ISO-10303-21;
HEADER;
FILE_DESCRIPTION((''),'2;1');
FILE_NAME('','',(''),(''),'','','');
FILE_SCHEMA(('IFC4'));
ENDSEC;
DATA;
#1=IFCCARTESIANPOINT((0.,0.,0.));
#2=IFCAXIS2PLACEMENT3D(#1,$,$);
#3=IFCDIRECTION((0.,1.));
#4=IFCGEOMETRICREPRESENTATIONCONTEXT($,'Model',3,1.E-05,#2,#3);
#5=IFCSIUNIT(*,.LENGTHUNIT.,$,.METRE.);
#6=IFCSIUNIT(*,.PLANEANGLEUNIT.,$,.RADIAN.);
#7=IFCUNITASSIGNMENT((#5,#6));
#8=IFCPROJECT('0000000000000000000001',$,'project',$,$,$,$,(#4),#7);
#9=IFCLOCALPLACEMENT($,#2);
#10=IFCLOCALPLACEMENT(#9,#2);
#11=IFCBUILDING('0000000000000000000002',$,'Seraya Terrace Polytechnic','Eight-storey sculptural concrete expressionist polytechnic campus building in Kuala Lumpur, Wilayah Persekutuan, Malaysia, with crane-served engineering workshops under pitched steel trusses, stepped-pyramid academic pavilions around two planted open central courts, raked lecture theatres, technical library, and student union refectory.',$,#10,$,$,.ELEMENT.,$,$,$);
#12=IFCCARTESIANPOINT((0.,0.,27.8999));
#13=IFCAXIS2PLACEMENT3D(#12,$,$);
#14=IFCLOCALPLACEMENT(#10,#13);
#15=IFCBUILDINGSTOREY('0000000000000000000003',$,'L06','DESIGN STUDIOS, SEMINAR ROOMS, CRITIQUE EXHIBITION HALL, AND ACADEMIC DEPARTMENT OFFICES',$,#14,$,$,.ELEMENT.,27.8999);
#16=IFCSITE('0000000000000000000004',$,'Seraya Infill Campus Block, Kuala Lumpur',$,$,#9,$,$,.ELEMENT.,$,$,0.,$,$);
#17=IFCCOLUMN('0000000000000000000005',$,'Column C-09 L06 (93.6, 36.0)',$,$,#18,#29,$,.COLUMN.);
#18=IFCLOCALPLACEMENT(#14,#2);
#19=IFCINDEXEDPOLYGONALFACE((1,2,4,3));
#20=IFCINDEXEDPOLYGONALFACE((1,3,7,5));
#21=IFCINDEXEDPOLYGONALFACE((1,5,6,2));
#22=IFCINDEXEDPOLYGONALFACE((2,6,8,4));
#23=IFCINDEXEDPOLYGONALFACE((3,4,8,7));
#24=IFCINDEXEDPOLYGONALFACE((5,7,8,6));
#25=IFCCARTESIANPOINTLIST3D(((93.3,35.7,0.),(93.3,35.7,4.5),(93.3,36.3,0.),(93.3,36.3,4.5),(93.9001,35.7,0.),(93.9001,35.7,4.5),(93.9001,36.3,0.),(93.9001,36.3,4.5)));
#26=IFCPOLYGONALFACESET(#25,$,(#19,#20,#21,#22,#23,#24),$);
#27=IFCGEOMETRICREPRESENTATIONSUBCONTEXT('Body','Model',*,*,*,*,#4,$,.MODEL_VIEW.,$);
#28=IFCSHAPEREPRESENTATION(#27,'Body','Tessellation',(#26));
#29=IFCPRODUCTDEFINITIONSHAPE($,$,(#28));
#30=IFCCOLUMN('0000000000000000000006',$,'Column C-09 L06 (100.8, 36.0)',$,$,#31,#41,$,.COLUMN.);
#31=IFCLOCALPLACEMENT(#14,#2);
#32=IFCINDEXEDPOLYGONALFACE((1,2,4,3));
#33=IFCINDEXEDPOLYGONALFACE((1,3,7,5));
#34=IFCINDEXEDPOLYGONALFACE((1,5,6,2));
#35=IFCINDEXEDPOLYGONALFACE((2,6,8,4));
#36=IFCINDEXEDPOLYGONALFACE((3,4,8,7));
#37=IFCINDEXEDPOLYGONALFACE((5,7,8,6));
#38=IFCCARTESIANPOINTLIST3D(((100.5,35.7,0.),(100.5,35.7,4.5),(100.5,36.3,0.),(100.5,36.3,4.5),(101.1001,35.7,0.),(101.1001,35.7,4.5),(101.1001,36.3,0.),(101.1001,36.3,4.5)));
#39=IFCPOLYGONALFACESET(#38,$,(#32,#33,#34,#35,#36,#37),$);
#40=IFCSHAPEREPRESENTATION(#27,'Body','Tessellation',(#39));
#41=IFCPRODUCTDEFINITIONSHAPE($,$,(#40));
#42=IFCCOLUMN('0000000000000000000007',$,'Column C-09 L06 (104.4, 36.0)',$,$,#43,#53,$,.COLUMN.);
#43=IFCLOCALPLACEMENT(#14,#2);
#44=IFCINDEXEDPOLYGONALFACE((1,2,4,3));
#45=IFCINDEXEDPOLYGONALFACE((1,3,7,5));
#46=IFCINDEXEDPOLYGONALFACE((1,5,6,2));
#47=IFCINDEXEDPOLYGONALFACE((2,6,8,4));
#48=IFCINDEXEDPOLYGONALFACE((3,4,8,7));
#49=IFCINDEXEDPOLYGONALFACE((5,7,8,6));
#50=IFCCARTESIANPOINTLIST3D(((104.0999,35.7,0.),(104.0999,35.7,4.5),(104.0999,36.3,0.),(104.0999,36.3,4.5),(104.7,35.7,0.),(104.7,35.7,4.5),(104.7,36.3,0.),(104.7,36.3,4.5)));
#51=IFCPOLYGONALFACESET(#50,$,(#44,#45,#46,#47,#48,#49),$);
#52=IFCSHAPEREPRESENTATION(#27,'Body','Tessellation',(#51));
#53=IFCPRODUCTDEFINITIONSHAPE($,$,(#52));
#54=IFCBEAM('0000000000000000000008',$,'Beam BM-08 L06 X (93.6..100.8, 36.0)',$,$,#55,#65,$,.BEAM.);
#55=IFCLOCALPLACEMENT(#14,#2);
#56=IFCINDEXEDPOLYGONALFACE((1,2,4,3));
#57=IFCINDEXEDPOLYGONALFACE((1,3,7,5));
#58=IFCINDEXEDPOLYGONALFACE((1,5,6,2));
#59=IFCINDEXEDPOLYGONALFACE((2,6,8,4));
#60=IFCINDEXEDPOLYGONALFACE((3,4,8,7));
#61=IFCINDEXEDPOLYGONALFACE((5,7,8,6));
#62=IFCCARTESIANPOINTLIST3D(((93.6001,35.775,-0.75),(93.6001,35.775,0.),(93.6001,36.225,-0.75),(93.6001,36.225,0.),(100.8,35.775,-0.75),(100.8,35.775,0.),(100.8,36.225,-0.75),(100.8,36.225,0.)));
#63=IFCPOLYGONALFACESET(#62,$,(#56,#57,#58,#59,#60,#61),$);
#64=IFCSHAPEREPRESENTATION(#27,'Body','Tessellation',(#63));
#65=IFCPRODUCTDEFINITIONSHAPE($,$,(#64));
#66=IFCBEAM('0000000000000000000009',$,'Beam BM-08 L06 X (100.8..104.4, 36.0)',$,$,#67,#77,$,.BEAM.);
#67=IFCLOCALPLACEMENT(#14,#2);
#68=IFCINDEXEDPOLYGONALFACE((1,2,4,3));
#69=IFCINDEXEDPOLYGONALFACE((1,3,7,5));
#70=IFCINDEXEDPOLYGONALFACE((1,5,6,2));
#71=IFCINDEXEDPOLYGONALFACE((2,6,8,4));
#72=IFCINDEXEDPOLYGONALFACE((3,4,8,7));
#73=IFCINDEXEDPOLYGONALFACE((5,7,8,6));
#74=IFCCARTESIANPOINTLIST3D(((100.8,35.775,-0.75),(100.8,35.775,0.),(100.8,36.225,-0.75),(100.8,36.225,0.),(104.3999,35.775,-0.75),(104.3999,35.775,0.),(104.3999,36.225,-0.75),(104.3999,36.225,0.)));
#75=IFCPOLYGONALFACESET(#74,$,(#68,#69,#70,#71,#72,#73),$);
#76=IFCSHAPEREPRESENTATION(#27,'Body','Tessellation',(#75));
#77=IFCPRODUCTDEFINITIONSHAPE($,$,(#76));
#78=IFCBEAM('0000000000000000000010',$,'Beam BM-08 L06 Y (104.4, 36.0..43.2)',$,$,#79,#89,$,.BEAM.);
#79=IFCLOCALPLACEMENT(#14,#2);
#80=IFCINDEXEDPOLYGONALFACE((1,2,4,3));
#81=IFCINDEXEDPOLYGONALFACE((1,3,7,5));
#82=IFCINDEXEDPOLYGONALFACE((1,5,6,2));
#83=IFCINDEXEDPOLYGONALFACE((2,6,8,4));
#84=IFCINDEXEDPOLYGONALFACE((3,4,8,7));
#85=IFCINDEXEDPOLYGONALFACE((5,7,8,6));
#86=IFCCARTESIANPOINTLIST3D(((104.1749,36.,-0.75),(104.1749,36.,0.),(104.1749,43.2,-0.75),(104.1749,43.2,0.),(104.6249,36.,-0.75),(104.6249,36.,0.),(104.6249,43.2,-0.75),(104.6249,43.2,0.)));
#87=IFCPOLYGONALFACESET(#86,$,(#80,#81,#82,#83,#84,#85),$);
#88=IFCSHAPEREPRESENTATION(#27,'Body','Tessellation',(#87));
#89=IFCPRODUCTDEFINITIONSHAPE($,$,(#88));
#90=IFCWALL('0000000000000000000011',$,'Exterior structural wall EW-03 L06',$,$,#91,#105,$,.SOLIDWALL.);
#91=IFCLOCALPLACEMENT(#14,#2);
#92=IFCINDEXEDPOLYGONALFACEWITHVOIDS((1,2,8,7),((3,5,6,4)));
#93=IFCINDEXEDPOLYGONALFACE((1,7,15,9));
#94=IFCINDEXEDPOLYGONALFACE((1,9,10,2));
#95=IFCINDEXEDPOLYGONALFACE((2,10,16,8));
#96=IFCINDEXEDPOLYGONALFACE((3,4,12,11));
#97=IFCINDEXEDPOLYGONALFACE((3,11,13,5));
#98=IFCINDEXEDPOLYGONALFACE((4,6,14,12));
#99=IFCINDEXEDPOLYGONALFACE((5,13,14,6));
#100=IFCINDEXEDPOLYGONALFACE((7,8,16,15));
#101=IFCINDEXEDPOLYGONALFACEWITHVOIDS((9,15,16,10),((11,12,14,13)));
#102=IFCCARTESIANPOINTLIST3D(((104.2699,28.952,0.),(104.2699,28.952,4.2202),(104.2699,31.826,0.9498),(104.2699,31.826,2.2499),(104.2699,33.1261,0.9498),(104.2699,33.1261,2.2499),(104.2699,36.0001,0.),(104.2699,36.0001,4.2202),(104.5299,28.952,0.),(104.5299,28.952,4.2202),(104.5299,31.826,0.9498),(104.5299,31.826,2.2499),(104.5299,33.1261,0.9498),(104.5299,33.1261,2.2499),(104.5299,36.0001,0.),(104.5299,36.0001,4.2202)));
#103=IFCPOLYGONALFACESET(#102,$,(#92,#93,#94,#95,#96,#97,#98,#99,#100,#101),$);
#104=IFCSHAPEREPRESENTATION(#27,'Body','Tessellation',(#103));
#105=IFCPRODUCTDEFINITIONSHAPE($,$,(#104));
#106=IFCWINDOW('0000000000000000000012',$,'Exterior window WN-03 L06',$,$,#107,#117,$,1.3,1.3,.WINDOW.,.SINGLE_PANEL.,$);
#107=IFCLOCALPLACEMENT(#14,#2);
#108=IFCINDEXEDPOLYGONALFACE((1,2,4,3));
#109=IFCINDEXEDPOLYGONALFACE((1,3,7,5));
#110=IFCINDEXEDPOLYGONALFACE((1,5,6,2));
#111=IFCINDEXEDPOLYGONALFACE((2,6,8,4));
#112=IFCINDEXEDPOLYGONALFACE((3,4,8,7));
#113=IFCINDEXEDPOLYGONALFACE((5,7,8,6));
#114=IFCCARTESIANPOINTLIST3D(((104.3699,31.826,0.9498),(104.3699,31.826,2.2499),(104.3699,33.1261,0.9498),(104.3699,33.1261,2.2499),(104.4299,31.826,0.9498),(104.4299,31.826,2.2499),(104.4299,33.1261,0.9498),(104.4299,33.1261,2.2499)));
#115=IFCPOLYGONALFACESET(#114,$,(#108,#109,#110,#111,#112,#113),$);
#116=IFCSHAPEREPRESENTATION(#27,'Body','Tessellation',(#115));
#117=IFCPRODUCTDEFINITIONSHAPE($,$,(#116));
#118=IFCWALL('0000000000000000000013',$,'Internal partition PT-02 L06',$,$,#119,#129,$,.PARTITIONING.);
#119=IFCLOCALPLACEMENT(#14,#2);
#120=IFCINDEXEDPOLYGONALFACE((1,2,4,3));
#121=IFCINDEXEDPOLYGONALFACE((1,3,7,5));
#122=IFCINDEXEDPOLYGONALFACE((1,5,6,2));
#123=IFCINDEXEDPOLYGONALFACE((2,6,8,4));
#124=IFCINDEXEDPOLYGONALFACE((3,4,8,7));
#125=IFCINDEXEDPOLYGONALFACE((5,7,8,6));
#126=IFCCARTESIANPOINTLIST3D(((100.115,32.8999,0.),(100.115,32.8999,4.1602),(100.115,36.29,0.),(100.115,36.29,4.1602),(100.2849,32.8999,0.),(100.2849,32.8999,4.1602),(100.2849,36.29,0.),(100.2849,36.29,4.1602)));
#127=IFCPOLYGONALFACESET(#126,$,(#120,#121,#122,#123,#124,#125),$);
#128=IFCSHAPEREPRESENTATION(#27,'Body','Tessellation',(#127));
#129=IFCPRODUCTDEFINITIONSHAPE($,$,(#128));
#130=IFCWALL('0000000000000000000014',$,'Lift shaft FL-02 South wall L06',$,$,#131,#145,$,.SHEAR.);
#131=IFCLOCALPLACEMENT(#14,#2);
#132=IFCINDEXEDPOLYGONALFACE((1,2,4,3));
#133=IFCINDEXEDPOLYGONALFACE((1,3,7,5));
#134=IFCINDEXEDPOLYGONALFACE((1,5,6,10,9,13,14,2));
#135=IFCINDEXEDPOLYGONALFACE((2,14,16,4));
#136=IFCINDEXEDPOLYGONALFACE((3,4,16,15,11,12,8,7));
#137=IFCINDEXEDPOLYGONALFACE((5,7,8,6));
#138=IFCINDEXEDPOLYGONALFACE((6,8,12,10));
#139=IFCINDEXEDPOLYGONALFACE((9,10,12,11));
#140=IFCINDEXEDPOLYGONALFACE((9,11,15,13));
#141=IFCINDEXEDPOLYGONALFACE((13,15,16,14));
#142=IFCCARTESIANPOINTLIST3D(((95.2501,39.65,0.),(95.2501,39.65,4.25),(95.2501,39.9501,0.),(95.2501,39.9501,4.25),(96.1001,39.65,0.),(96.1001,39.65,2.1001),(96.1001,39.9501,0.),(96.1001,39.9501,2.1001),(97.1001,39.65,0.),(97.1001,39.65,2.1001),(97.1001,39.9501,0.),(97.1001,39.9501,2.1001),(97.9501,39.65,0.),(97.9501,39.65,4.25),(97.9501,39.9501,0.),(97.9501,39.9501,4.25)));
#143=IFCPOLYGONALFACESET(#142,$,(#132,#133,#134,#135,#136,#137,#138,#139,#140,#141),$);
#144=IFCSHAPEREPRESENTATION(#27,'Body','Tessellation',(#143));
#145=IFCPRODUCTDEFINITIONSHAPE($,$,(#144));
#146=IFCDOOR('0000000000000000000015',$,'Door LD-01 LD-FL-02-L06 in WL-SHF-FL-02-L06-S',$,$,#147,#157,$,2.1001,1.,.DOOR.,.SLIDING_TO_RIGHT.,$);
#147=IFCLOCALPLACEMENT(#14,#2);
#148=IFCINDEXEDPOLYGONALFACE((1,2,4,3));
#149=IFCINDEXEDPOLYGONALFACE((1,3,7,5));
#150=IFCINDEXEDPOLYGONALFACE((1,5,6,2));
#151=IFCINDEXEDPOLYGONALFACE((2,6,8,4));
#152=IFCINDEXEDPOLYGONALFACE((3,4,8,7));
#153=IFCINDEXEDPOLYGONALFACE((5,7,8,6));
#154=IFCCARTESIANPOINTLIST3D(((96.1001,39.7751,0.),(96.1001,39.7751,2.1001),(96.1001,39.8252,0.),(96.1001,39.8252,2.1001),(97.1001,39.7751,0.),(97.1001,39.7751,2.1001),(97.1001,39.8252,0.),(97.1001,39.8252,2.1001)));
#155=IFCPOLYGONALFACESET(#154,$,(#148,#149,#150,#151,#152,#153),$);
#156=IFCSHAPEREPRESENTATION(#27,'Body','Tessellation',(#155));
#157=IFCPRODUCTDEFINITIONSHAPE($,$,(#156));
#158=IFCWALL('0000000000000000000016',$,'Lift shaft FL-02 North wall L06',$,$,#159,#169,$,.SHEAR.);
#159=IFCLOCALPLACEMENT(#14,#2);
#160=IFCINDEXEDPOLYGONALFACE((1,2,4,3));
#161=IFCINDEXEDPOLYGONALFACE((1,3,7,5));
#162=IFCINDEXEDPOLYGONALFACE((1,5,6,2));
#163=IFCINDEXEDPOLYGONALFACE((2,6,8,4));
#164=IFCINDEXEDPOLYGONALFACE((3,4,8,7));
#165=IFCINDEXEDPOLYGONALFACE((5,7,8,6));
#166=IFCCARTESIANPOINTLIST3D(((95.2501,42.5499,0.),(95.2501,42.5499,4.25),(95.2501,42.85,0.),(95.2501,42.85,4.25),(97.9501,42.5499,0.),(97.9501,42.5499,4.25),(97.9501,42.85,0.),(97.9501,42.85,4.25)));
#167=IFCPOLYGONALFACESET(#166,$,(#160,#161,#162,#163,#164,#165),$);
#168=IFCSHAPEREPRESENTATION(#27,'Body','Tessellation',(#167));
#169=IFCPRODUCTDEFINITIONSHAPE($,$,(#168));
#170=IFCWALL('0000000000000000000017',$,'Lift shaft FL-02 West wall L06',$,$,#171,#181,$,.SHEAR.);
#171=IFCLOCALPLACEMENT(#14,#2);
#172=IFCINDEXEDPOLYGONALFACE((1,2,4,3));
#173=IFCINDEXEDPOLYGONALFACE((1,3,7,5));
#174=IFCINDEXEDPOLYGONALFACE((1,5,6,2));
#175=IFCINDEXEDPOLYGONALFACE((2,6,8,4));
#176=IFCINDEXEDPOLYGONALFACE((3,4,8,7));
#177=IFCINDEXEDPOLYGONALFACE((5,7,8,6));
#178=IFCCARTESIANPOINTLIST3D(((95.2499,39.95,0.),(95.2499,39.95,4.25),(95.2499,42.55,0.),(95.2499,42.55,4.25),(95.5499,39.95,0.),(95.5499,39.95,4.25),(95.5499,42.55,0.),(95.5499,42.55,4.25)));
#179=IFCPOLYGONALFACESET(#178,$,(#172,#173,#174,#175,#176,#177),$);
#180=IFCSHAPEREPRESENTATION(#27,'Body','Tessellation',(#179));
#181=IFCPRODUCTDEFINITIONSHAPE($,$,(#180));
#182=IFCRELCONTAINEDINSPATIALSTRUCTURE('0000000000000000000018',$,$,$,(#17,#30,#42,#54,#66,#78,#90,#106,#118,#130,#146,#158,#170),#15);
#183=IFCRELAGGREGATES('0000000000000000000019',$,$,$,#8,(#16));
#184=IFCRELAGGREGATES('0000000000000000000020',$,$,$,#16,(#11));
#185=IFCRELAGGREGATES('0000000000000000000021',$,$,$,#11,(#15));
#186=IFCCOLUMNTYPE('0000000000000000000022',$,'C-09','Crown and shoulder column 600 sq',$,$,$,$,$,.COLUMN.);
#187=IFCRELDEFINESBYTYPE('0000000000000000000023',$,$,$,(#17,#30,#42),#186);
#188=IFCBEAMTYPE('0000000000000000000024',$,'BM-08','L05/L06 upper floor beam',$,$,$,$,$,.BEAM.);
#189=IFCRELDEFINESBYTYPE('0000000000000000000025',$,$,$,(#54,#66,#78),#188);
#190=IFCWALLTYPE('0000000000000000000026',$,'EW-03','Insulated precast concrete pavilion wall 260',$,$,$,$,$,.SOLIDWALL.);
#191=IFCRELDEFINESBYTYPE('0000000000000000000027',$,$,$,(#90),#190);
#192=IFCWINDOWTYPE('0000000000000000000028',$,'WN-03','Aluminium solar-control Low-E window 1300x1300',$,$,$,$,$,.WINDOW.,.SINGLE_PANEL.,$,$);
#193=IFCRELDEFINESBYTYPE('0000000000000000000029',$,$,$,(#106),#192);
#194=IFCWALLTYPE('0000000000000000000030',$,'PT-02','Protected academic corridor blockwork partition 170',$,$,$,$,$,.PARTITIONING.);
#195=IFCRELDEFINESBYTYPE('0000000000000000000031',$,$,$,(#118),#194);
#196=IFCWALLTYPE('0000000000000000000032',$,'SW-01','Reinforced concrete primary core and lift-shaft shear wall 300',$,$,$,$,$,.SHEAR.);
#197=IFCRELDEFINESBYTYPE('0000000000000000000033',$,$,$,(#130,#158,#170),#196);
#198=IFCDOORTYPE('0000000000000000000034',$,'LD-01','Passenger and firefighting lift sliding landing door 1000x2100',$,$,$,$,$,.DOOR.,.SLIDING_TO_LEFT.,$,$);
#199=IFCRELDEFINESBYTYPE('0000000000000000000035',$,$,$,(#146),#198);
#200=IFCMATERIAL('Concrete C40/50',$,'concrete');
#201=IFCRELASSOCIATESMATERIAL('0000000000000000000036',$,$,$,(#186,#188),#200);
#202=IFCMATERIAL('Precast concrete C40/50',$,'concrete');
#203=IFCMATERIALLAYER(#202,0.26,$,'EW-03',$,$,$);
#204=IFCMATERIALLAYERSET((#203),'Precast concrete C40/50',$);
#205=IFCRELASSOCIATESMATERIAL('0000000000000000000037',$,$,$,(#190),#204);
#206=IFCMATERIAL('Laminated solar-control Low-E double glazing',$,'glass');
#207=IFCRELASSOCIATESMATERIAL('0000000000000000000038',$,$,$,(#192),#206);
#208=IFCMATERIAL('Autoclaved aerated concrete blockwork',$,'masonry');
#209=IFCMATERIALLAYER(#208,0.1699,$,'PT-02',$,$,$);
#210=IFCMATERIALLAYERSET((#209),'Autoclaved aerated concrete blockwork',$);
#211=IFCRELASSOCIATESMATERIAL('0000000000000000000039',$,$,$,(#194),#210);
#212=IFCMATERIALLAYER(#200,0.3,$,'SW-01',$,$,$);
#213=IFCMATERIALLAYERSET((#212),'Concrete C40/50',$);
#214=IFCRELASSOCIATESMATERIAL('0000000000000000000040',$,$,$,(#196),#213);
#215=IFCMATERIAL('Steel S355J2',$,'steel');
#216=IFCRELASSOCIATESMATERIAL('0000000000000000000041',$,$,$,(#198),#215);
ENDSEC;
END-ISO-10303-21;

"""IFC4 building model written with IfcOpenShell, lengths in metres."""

from ifc_helpers import new_model, si_unit, direction, frame, frame_2d, origin, origin_2d, place, context, subcontext, project, spatial, rectangle, extrude, material, layer, layer_set, material_profile, profile_set, type_object, element, fill, save


model = new_model("IFC4")

# Units and contexts
model_context = context("Model", 3, precision=1e-05, world=origin(), true_north=direction((0.0, 1.0)))
body_context = subcontext(model_context, "Body", "Model", "MODEL_VIEW")
ifc_project = project(units=[si_unit("LENGTHUNIT", "METRE"), si_unit("PLANEANGLEUNIT", "RADIAN")], contexts=[model_context])

# Site, building, storey
site_placement = place(None, origin())
site = spatial("IfcSite", under=ifc_project, at=site_placement, Name="Seraya Infill Campus Block, Kuala Lumpur", CompositionType="ELEMENT", RefElevation=0.0)
building_placement = place(site_placement, origin())
building = spatial("IfcBuilding", under=site, at=building_placement, Name="Seraya Terrace Polytechnic", Description="Eight-storey sculptural concrete expressionist polytechnic campus building in Kuala Lumpur, Wilayah Persekutuan, Malaysia, with crane-served engineering workshops under pitched steel trusses, stepped-pyramid academic pavilions around two planted open central courts, raked lecture theatres, technical library, and student union refectory.", CompositionType="ELEMENT")
storey_placement = place(building_placement, frame((0.0, 0.0, 27.8999)))
storey = spatial("IfcBuildingStorey", under=building, at=storey_placement, Name="L06", Description="DESIGN STUDIOS, SEMINAR ROOMS, CRITIQUE EXHIBITION HALL, AND ACADEMIC DEPARTMENT OFFICES", CompositionType="ELEMENT", Elevation=27.8999)

# Columns
ifc_material_1 = material(Name="Concrete C40/50", Category="concrete")
ifc_material_profile_1 = material_profile(ifc_material_1, rectangle(XDim=0.6001, YDim=0.6001, at=origin_2d()), Name="RC 600x600")
ifc_profile_set_1 = profile_set([ifc_material_profile_1], Name="Concrete C40/50")
column_type = type_object("IfcColumnType", Name="C-09", Description="Crown and shoulder column 600 sq", PredefinedType="COLUMN", material=ifc_profile_set_1)
for number, where, z_axis, x_axis, name in (
    (1, (93.6001, 36.0, 0.0), (0.0, 0.0, 1.0), (1.0, 0.0, 0.0), "Column C-09 L06 (93.6, 36.0)"),
    (2, (100.8, 36.0, 0.0), (0.0, 0.0, 1.0), (1.0, 0.0, 0.0), "Column C-09 L06 (100.8, 36.0)"),
    (3, (104.3999, 36.0, 0.0), (0.0, 0.0, 1.0), (1.0, 0.0, 0.0), "Column C-09 L06 (104.4, 36.0)"),
):
    element("IfcColumn", number, at=place(storey_placement, frame(where, z_axis=z_axis, x_axis=x_axis)), inside=storey, type_object=column_type, Name=name, PredefinedType="COLUMN", context=body_context, shape_type="SweptSolid", body=[
        extrude(rectangle(XDim=0.6001, YDim=0.6001, at=origin_2d()), origin(), (0.0, 0.0, 1.0), 4.5),
    ])

# Beams
ifc_material_profile_2 = material_profile(ifc_material_1, rectangle(XDim=0.45, YDim=0.75, at=origin_2d()), Name="RC 450x750")
ifc_profile_set_2 = profile_set([ifc_material_profile_2], Name="Concrete C40/50")
beam_type = type_object("IfcBeamType", Name="BM-08", Description="L05/L06 upper floor beam", PredefinedType="BEAM", material=ifc_profile_set_2)
beam_1_placement = place(storey_placement, frame((93.6001, 36.0, -0.375), z_axis=(1.0, 0.0, 0.0), x_axis=(0.0, 1.0, 0.0)))
element("IfcBeam", 4, at=beam_1_placement, inside=storey, type_object=beam_type, Name="Beam BM-08 L06 X (93.6..100.8, 36.0)", PredefinedType="BEAM", context=body_context, shape_type="SweptSolid", body=[
    extrude(rectangle(XDim=0.45, YDim=0.75, at=origin_2d()), origin(), (0.0, 0.0, 1.0), 7.2),
])
beam_2_placement = place(storey_placement, frame((100.8, 36.0, -0.375), z_axis=(1.0, 0.0, 0.0), x_axis=(0.0, 1.0, 0.0)))
element("IfcBeam", 5, at=beam_2_placement, inside=storey, type_object=beam_type, Name="Beam BM-08 L06 X (100.8..104.4, 36.0)", PredefinedType="BEAM", context=body_context, shape_type="SweptSolid", body=[
    extrude(rectangle(XDim=0.45, YDim=0.75, at=origin_2d()), origin(), (0.0, 0.0, 1.0), 3.5999),
])
beam_3_placement = place(storey_placement, frame((104.3999, 36.0, -0.375), z_axis=(0.0, 1.0, 0.0), x_axis=(-1.0, 0.0, 0.0)))
element("IfcBeam", 6, at=beam_3_placement, inside=storey, type_object=beam_type, Name="Beam BM-08 L06 Y (104.4, 36.0..43.2)", PredefinedType="BEAM", context=body_context, shape_type="SweptSolid", body=[
    extrude(rectangle(XDim=0.45, YDim=0.75, at=origin_2d()), origin(), (0.0, 0.0, 1.0), 7.2),
])

# Wall, opening, window
ifc_material_2 = material(Name="Precast concrete C40/50", Category="concrete")
ifc_layer_1 = layer(ifc_material_2, 0.26, Name="EW-03")
ifc_layer_set_1 = layer_set([ifc_layer_1], Name="Precast concrete C40/50")
wall_type_1 = type_object("IfcWallType", Name="EW-03", Description="Insulated precast concrete pavilion wall 260", PredefinedType="SOLIDWALL", material=ifc_layer_set_1)
wall_1_placement = place(storey_placement, frame((104.3999, 36.0, 0.0), z_axis=(0.0, 0.0, 1.0), x_axis=(0.0, -1.0, 0.0)))
wall_1 = element("IfcWall", 7, at=wall_1_placement, inside=storey, type_object=wall_type_1, Name="Exterior structural wall EW-03 L06", PredefinedType="SOLIDWALL", context=body_context, shape_type="SweptSolid", body=[
    extrude(rectangle(XDim=7.0481, YDim=0.26, at=frame_2d((3.5239, 0.0))), origin(), (0.0, 0.0, 1.0), 4.2202),
])
opening_1_placement = place(wall_1_placement, frame((2.874, 0.0, 0.95)))
opening_1 = element("IfcOpeningElement", 8, at=opening_1_placement, cuts=wall_1, PredefinedType="OPENING", context=body_context, shape_type="SweptSolid", body=[
    extrude(rectangle(XDim=1.3, YDim=1.3, at=frame_2d((0.6499, 0.6499))), frame((0.0, 0.1421, 0.0), z_axis=(0.0, -1.0, 0.0), x_axis=(1.0, 0.0, 0.0)), (0.0, 0.0, 1.0), 0.2839),
])
ifc_material_3 = material(Name="Laminated solar-control Low-E double glazing", Category="glass")
window_type = type_object("IfcWindowType", Name="WN-03", Description="Aluminium solar-control Low-E window 1300x1300", PartitioningType="SINGLE_PANEL", PredefinedType="WINDOW", material=ifc_material_3)
window_placement = place(opening_1_placement, origin())
window = element("IfcWindow", 9, at=window_placement, inside=storey, type_object=window_type, Name="Exterior window WN-03 L06", OverallHeight=1.3, OverallWidth=1.3, PartitioningType="SINGLE_PANEL", PredefinedType="WINDOW", context=body_context, shape_type="SweptSolid", body=[
    extrude(rectangle(XDim=1.3, YDim=1.3, at=frame_2d((0.6499, 0.6499))), frame((0.0, 0.03, 0.0), z_axis=(0.0, -1.0, 0.0), x_axis=(1.0, 0.0, 0.0)), (0.0, 0.0, 1.0), 0.0601),
])
fill(opening_1, window)

# Wall
ifc_material_4 = material(Name="Autoclaved aerated concrete blockwork", Category="masonry")
ifc_layer_2 = layer(ifc_material_4, 0.1699, Name="PT-02")
ifc_layer_set_2 = layer_set([ifc_layer_2], Name="Autoclaved aerated concrete blockwork")
wall_type_2 = type_object("IfcWallType", Name="PT-02", Description="Protected academic corridor blockwork partition 170", PredefinedType="PARTITIONING", material=ifc_layer_set_2)
wall_2_placement = place(storey_placement, frame((100.2, 32.8999, 0.0), z_axis=(0.0, 0.0, 1.0), x_axis=(0.0, 1.0, 0.0)))
element("IfcWall", 10, at=wall_2_placement, inside=storey, type_object=wall_type_2, Name="Internal partition PT-02 L06", PredefinedType="PARTITIONING", context=body_context, shape_type="SweptSolid", body=[
    extrude(rectangle(XDim=3.3901, YDim=0.1699, at=frame_2d((1.6951, 0.0))), origin(), (0.0, 0.0, 1.0), 4.1602),
])

# Wall, opening, door
ifc_layer_3 = layer(ifc_material_1, 0.3, Name="SW-01")
ifc_layer_set_3 = layer_set([ifc_layer_3], Name="Concrete C40/50")
wall_type_3 = type_object("IfcWallType", Name="SW-01", Description="Reinforced concrete primary core and lift-shaft shear wall 300", PredefinedType="SHEAR", material=ifc_layer_set_3)
wall_3_placement = place(storey_placement, frame((95.25, 39.8, 0.0), z_axis=(0.0, 0.0, 1.0), x_axis=(1.0, 0.0, 0.0)))
wall_3 = element("IfcWall", 11, at=wall_3_placement, inside=storey, type_object=wall_type_3, Name="Lift shaft FL-02 South wall L06", PredefinedType="SHEAR", context=body_context, shape_type="SweptSolid", body=[
    extrude(rectangle(XDim=2.7, YDim=0.3, at=frame_2d((1.3501, 0.0))), origin(), (0.0, 0.0, 1.0), 4.25),
])
opening_2_placement = place(wall_3_placement, frame((0.8501, 0.0, 0.0)))
opening_2 = element("IfcOpeningElement", 12, at=opening_2_placement, cuts=wall_3, PredefinedType="OPENING", context=body_context, shape_type="SweptSolid", body=[
    extrude(rectangle(XDim=1.0, YDim=2.1001, at=frame_2d((0.5, 1.05))), frame((0.0, 0.1621, 0.0), z_axis=(0.0, -1.0, 0.0), x_axis=(1.0, 0.0, 0.0)), (0.0, 0.0, 1.0), 0.324),
])
ifc_material_5 = material(Name="Steel S355J2", Category="steel")
door_type_1 = type_object("IfcDoorType", Name="LD-01", Description="Passenger and firefighting lift sliding landing door 1000x2100", OperationType="SLIDING_TO_LEFT", PredefinedType="DOOR", material=ifc_material_5)
door_1_placement = place(opening_2_placement, frame((1.0, 0.0, 0.0), z_axis=(0.0, 0.0, 1.0), x_axis=(-1.0, 0.0, 0.0)))
door_1 = element("IfcDoor", 13, at=door_1_placement, inside=storey, type_object=door_type_1, Name="Door LD-01 LD-FL-02-L06 in WL-SHF-FL-02-L06-S", OperationType="SLIDING_TO_RIGHT", OverallHeight=2.1001, OverallWidth=1.0, PredefinedType="DOOR", context=body_context, shape_type="SweptSolid", body=[
    extrude(rectangle(XDim=1.0, YDim=2.1001, at=frame_2d((0.5, 1.05))), frame((0.0, 0.0249, 0.0), z_axis=(0.0, -1.0, 0.0), x_axis=(1.0, 0.0, 0.0)), (0.0, 0.0, 1.0), 0.05),
])
fill(opening_2, door_1)

# Walls
wall_4_placement = place(storey_placement, frame((95.25, 42.7, 0.0), z_axis=(0.0, 0.0, 1.0), x_axis=(1.0, 0.0, 0.0)))
element("IfcWall", 14, at=wall_4_placement, inside=storey, type_object=wall_type_3, Name="Lift shaft FL-02 North wall L06", PredefinedType="SHEAR", context=body_context, shape_type="SweptSolid", body=[
    extrude(rectangle(XDim=2.7, YDim=0.3, at=frame_2d((1.3501, 0.0))), origin(), (0.0, 0.0, 1.0), 4.25),
])
for number, where, z_axis, x_axis, name in (
    (15, (95.3999, 39.95, 0.0), (0.0, 0.0, 1.0), (0.0, 1.0, 0.0), "Lift shaft FL-02 West wall L06"),
):
    element("IfcWall", number, at=place(storey_placement, frame(where, z_axis=z_axis, x_axis=x_axis)), inside=storey, type_object=wall_type_3, Name=name, PredefinedType="SHEAR", context=body_context, shape_type="SweptSolid", body=[
        extrude(rectangle(XDim=2.6001, YDim=0.3, at=frame_2d((1.3, 0.0))), origin(), (0.0, 0.0, 1.0), 4.25),
    ])

save(model, "model.ifc")
